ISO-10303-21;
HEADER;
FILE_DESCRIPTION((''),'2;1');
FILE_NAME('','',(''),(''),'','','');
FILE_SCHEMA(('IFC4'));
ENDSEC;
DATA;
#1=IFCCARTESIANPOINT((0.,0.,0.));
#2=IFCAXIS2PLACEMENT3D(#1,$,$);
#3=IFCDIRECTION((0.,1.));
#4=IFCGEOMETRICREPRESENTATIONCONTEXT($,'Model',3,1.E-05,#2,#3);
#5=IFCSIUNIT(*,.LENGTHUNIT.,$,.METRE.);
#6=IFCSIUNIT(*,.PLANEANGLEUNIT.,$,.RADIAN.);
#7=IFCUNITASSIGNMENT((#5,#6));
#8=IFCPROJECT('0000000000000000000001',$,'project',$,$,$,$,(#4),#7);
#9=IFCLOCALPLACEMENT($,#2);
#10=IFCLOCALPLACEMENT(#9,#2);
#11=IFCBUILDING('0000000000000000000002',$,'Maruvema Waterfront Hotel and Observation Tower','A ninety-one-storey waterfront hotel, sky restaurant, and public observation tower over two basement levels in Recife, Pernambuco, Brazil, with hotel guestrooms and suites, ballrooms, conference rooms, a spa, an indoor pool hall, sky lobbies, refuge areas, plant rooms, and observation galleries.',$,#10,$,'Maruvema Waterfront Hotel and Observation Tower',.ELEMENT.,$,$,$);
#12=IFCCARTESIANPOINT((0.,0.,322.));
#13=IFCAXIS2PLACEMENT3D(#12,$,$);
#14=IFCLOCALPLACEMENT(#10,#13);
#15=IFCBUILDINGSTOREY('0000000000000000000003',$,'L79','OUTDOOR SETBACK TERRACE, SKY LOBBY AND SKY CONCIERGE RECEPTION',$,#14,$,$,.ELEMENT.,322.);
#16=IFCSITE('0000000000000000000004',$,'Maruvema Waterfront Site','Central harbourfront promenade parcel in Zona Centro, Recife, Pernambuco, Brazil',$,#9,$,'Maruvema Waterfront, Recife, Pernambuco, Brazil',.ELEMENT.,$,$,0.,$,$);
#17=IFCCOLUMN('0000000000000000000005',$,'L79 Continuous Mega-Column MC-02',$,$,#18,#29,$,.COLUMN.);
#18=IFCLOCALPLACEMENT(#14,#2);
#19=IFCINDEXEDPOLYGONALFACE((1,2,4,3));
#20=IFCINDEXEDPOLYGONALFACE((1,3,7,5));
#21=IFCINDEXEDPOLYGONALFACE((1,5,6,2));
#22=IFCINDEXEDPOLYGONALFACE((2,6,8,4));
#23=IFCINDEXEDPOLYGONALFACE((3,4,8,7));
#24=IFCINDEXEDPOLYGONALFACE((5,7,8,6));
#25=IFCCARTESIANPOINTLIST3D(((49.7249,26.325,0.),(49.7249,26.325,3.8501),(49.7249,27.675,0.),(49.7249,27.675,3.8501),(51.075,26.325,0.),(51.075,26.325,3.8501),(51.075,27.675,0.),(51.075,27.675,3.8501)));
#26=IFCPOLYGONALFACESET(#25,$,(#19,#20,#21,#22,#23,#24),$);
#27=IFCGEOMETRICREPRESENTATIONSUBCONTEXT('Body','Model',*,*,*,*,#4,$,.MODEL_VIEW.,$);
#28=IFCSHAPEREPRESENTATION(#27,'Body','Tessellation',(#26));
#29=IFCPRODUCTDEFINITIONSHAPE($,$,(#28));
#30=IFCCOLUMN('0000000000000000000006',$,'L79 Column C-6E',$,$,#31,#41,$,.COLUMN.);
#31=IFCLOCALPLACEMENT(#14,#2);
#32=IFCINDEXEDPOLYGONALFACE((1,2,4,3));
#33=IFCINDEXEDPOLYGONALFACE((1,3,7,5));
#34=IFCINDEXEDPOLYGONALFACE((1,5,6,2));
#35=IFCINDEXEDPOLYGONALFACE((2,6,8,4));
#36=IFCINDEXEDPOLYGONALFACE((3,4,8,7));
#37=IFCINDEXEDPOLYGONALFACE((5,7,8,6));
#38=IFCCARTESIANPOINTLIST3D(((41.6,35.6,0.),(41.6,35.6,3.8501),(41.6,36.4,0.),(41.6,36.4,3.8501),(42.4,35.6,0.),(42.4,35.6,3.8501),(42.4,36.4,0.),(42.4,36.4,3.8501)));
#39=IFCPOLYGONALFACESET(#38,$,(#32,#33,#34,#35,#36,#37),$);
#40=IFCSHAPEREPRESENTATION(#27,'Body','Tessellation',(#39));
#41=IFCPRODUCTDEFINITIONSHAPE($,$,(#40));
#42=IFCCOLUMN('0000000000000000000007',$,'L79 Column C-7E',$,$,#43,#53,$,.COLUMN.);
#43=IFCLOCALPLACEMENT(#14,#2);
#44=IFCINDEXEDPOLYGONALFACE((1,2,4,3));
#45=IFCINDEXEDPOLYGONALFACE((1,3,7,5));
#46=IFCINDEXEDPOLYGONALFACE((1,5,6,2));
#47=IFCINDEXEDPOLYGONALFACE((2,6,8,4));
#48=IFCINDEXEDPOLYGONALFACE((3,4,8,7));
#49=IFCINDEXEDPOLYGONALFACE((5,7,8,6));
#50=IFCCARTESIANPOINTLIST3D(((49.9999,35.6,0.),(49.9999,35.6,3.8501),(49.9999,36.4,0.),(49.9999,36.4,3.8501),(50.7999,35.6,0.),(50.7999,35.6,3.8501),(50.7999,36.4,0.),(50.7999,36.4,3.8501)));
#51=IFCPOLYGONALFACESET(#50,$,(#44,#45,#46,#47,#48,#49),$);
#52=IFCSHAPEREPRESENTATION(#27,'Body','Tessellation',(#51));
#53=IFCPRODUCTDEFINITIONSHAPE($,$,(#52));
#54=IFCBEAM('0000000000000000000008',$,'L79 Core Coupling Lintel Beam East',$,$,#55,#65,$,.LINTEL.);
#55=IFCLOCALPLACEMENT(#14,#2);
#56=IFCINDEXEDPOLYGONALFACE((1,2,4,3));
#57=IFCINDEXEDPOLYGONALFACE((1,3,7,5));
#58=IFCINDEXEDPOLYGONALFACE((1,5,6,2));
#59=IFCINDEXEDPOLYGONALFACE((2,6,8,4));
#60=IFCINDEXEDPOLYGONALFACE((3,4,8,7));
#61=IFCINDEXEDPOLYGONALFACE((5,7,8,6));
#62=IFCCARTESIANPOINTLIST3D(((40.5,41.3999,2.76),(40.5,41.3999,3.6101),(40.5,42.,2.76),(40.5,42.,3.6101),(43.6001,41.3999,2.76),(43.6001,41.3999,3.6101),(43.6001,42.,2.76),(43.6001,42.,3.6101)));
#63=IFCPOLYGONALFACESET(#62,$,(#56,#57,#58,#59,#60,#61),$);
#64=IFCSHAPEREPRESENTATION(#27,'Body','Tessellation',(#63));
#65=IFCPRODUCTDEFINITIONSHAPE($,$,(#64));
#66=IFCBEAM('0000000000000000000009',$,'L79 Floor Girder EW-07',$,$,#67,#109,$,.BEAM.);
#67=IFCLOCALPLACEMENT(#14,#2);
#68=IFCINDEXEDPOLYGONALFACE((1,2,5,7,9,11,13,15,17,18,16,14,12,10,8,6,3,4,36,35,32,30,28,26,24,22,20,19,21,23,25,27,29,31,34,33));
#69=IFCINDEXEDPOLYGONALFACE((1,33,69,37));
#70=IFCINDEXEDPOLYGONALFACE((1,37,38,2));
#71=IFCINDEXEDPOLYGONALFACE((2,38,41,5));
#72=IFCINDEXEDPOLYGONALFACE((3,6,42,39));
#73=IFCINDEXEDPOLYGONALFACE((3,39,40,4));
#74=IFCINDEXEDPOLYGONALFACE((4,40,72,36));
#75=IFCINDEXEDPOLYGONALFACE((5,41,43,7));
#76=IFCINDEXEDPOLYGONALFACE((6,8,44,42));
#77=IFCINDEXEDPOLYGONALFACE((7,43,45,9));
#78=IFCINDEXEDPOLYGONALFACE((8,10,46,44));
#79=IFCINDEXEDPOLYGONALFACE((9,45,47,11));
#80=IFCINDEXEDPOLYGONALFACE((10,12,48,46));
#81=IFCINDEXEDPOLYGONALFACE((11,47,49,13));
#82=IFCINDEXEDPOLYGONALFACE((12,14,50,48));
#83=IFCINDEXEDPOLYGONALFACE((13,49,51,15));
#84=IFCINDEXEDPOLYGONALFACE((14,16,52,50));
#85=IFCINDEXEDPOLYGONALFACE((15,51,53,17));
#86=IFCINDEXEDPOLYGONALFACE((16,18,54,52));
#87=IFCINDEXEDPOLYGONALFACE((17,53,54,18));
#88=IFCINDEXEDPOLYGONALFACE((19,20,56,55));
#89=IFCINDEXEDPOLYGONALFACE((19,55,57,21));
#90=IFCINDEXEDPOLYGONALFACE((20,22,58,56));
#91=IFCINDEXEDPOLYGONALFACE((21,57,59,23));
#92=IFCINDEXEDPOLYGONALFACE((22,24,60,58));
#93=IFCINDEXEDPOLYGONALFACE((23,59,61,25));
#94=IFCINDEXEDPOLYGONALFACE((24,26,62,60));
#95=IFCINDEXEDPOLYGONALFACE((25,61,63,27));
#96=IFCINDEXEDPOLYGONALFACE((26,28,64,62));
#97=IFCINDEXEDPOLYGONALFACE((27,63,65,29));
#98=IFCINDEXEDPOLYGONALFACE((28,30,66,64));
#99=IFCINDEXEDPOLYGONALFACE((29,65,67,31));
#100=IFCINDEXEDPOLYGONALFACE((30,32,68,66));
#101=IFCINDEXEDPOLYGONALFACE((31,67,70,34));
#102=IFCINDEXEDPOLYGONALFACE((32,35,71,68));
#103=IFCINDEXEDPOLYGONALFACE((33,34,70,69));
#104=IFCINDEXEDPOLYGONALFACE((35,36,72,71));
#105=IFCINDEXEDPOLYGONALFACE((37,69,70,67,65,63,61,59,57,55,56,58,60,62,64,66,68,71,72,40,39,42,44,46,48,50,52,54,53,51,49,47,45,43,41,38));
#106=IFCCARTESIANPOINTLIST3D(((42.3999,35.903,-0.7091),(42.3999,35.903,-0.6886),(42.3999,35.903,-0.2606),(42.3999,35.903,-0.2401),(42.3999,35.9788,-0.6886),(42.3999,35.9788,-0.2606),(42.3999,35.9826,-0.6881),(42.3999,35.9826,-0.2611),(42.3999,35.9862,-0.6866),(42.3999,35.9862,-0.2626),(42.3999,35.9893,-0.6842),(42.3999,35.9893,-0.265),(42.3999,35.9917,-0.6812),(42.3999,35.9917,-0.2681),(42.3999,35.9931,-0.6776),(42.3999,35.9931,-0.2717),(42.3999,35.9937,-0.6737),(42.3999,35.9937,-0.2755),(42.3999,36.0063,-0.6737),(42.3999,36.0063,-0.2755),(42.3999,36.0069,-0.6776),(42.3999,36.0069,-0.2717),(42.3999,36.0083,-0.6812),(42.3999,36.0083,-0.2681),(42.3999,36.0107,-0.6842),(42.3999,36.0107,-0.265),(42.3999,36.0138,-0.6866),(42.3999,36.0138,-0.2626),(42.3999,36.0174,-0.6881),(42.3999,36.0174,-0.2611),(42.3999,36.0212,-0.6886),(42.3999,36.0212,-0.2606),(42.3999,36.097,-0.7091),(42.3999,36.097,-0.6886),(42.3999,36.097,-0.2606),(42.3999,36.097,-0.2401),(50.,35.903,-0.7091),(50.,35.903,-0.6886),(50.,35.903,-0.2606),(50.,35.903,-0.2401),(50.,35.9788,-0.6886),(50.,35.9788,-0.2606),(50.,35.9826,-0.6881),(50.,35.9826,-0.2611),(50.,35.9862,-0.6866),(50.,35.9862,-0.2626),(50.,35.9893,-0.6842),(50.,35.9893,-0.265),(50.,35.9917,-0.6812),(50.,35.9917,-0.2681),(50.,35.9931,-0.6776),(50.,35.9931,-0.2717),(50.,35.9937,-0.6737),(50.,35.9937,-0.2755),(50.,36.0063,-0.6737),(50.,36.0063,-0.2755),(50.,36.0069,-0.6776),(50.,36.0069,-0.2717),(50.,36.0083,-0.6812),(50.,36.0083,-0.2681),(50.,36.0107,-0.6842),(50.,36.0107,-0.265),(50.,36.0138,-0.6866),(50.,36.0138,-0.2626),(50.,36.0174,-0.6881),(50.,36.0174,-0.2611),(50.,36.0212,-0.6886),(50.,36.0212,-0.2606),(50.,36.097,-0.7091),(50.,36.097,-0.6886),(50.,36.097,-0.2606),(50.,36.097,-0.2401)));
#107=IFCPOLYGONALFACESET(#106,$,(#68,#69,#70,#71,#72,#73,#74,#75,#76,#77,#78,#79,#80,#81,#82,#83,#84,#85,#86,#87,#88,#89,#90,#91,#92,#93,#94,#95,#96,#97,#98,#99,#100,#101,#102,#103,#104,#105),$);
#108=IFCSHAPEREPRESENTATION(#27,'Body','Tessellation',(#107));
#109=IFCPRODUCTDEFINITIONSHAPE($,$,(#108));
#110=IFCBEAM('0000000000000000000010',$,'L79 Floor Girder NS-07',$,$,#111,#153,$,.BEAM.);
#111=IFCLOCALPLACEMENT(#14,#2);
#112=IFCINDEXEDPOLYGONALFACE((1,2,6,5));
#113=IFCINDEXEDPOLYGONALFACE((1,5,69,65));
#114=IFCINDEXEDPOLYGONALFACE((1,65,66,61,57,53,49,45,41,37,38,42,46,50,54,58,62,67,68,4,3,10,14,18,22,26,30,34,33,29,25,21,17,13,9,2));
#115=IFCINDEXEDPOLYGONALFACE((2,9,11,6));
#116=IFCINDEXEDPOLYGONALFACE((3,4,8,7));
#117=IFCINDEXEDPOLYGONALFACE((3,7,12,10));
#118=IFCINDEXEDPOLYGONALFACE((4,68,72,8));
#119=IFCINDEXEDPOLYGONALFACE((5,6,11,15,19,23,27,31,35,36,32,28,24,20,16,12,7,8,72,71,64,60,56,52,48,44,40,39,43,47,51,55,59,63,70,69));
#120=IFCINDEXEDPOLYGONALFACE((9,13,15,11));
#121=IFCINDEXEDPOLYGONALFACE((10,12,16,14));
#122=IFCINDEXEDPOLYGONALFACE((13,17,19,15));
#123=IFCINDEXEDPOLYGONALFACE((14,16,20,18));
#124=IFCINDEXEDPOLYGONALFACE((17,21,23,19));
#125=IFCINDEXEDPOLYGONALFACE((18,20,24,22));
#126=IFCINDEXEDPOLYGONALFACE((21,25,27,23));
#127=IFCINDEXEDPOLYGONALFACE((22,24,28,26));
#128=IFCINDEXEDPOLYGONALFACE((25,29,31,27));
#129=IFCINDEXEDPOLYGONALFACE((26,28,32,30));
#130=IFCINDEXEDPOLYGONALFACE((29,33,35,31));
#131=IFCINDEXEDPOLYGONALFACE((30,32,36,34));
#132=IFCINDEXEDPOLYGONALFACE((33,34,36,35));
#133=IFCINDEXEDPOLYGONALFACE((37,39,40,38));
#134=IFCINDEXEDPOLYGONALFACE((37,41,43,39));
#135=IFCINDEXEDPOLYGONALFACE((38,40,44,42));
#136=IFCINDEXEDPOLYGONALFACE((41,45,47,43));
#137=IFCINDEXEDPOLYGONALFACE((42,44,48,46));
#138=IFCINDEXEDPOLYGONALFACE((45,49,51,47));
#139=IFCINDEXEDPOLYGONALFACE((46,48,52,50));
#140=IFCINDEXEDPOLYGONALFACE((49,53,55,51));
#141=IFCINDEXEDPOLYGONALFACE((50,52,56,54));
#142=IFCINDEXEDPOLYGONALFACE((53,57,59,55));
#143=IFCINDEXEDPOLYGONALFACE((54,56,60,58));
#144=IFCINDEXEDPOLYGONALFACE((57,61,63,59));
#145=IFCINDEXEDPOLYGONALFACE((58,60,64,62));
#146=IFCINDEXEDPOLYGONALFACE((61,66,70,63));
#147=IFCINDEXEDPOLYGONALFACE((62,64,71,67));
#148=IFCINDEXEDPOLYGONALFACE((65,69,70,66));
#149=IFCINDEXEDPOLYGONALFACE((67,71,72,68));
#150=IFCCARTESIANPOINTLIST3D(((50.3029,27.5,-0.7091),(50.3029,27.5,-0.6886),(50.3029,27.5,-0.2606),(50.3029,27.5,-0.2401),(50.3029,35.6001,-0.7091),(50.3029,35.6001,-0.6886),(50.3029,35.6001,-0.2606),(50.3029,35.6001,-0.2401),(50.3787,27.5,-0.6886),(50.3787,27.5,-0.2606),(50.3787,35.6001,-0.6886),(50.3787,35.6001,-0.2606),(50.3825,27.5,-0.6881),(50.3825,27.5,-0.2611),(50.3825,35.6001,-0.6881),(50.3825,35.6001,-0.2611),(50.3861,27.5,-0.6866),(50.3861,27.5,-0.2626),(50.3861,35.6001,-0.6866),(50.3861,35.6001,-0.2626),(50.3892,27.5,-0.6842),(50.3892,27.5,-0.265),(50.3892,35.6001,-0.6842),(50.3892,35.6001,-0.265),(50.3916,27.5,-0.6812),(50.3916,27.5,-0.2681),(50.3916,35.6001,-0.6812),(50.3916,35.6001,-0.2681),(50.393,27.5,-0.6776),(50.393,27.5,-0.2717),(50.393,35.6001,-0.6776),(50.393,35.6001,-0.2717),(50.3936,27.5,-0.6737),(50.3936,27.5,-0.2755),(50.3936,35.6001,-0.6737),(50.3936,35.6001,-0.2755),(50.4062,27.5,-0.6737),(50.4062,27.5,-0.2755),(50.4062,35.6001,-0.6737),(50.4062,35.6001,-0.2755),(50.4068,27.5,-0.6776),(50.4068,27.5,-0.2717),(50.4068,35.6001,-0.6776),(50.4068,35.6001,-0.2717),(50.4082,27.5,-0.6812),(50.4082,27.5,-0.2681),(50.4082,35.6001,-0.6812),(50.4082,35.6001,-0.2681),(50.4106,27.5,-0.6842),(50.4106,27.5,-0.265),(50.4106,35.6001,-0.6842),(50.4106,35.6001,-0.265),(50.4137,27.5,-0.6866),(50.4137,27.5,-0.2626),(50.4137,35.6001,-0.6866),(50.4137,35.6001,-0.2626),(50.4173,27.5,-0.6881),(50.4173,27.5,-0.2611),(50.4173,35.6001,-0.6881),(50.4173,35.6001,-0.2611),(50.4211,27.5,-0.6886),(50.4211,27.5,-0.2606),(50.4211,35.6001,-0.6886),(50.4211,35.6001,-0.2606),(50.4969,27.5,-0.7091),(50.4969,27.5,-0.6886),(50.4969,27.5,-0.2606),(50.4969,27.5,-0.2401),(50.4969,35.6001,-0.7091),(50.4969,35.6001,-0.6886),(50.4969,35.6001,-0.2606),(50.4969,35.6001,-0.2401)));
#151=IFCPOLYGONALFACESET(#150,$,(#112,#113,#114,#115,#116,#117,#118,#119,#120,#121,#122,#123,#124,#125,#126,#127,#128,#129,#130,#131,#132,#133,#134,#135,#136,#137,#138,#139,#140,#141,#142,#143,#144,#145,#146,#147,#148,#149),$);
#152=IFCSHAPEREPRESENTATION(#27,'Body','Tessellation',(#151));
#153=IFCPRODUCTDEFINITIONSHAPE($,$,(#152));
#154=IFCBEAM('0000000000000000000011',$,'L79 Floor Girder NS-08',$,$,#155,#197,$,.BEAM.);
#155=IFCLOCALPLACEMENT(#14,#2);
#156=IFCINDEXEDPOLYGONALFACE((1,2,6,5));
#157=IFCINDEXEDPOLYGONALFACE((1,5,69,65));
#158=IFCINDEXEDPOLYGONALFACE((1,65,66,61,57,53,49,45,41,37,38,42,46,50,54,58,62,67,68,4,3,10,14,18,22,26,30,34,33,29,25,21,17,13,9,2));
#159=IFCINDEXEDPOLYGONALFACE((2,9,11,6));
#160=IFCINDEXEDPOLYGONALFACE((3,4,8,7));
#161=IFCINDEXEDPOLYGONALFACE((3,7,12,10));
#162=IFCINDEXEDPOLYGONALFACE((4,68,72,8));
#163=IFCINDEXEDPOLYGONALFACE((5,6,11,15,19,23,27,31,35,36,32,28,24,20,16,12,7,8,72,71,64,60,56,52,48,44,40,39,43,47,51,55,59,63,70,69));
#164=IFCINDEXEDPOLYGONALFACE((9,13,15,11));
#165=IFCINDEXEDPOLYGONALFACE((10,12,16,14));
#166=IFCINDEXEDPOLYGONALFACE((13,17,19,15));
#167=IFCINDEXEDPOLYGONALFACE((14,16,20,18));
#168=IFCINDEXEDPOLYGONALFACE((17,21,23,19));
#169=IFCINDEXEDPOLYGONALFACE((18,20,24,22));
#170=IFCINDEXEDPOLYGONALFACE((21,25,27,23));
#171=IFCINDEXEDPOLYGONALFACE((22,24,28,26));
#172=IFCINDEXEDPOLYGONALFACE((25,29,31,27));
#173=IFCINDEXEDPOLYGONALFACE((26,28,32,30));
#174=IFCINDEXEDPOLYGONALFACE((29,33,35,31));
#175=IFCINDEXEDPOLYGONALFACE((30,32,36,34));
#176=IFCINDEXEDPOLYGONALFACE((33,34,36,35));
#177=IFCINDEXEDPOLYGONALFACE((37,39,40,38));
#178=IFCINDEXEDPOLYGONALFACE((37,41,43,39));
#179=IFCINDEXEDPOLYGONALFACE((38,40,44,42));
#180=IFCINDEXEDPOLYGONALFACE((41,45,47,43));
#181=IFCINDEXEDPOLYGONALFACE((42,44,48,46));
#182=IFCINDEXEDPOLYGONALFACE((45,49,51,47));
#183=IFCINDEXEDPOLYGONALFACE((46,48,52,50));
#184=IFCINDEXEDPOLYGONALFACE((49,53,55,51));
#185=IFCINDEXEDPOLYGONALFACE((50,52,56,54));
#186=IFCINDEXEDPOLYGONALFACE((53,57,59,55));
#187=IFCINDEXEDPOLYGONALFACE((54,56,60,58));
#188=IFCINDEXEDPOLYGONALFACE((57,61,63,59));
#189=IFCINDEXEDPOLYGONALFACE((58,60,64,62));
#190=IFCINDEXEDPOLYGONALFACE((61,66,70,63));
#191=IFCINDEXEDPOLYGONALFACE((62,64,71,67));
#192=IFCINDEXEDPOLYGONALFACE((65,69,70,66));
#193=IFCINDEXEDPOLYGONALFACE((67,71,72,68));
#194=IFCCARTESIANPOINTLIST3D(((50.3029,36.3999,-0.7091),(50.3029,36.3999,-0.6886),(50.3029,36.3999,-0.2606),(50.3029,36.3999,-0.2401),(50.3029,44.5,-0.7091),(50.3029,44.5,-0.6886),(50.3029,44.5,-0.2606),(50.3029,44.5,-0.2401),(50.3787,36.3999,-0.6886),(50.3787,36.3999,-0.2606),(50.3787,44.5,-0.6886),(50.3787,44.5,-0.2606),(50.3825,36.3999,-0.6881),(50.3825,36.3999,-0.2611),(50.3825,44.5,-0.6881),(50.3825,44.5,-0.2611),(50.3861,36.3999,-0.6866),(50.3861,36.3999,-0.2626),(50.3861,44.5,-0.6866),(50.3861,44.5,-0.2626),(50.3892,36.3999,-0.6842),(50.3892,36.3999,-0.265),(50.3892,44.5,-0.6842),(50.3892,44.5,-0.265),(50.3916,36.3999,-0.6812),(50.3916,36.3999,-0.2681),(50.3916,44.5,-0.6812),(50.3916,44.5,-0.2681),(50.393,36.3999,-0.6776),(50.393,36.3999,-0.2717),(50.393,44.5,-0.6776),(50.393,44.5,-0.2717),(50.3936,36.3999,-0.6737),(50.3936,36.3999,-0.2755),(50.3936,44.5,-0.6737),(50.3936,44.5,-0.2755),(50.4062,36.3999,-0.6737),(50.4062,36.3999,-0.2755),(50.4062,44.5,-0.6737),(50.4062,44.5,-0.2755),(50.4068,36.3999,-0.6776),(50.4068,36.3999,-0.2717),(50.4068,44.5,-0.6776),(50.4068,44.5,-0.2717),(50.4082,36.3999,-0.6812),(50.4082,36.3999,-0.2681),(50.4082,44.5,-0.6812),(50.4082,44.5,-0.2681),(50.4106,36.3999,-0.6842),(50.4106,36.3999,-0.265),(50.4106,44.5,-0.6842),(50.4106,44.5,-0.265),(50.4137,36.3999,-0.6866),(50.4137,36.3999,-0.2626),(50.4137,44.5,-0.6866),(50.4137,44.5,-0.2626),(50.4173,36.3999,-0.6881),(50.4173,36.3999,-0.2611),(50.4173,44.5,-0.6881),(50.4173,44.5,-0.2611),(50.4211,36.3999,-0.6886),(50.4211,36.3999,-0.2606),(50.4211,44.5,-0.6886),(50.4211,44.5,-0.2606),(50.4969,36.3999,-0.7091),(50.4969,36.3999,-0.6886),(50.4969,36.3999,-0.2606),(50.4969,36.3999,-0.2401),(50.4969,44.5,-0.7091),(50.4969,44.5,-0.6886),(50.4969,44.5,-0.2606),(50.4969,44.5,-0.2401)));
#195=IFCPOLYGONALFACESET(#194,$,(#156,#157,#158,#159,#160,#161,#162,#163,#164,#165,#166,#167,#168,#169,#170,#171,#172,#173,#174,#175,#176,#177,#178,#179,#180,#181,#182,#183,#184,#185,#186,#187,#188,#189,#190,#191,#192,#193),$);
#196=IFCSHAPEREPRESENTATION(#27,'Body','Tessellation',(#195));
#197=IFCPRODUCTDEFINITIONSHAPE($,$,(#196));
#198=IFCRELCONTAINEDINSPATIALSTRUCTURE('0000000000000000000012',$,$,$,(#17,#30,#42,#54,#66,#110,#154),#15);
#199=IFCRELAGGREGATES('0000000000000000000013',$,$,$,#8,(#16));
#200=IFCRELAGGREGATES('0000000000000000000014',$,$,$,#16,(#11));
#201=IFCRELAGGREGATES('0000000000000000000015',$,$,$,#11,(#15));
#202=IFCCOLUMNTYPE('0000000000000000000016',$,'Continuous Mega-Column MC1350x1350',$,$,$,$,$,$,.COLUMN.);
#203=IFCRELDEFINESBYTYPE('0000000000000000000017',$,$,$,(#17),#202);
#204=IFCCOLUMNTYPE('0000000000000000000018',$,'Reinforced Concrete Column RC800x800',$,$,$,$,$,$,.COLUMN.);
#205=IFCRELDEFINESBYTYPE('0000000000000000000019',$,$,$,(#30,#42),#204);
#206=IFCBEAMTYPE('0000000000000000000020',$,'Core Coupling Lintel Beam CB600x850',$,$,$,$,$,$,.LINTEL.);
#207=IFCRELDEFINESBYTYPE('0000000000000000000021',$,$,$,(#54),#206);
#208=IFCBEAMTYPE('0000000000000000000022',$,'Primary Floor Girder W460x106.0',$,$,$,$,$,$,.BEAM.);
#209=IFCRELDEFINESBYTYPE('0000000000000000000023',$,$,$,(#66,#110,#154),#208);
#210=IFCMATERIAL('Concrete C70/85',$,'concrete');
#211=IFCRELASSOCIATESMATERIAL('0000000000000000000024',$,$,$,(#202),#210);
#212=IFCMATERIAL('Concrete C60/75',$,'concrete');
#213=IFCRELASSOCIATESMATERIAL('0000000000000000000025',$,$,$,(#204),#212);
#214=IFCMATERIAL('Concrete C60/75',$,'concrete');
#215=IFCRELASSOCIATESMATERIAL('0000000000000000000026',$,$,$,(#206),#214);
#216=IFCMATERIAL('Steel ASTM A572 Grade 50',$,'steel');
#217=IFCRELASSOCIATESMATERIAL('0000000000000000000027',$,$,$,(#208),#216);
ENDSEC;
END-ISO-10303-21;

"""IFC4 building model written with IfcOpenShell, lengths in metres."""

from ifc_helpers import new_model, si_unit, direction, frame, origin, origin_2d, place, context, subcontext, project, spatial, rectangle, i_section, extrude, material, material_profile, profile_set, type_object, element, save


model = new_model("IFC4")

# Units and contexts
model_context = context("Model", 3, precision=1e-05, world=origin(), true_north=direction((0.0, 1.0)))
body_context = subcontext(model_context, "Body", "Model", "MODEL_VIEW")
ifc_project = project(units=[si_unit("LENGTHUNIT", "METRE"), si_unit("PLANEANGLEUNIT", "RADIAN")], contexts=[model_context])

# Site, building, storey
site_placement = place(None, origin())
site = spatial("IfcSite", under=ifc_project, at=site_placement, Name="Maruvema Waterfront Site", Description="Central harbourfront promenade parcel in Zona Centro, Recife, Pernambuco, Brazil", LongName="Maruvema Waterfront, Recife, Pernambuco, Brazil", CompositionType="ELEMENT", RefElevation=0.0)
building_placement = place(site_placement, origin())
building = spatial("IfcBuilding", under=site, at=building_placement, Name="Maruvema Waterfront Hotel and Observation Tower", Description="A ninety-one-storey waterfront hotel, sky restaurant, and public observation tower over two basement levels in Recife, Pernambuco, Brazil, with hotel guestrooms and suites, ballrooms, conference rooms, a spa, an indoor pool hall, sky lobbies, refuge areas, plant rooms, and observation galleries.", LongName="Maruvema Waterfront Hotel and Observation Tower", CompositionType="ELEMENT")
storey_placement = place(building_placement, frame((0.0, 0.0, 322.0)))
storey = spatial("IfcBuildingStorey", under=building, at=storey_placement, Name="L79", Description="OUTDOOR SETBACK TERRACE, SKY LOBBY AND SKY CONCIERGE RECEPTION", CompositionType="ELEMENT", Elevation=322.0)

# Columns
ifc_material_1 = material(Name="Concrete C70/85", Category="concrete")
ifc_material_profile_1 = material_profile(ifc_material_1, rectangle(XDim=1.3501, YDim=1.3501, at=origin_2d()), Name="MC1350x1350")
ifc_profile_set_1 = profile_set([ifc_material_profile_1], Name="Concrete C70/85")
column_type_1 = type_object("IfcColumnType", Name="Continuous Mega-Column MC1350x1350", PredefinedType="COLUMN", material=ifc_profile_set_1)
column_placement = place(storey_placement, frame((50.3999, 27.0, 0.0), z_axis=(0.0, 0.0, 1.0), x_axis=(1.0, 0.0, 0.0)))
element("IfcColumn", 1, at=column_placement, inside=storey, type_object=column_type_1, Name="L79 Continuous Mega-Column MC-02", PredefinedType="COLUMN", context=body_context, shape_type="SweptSolid", body=[
    extrude(rectangle(XDim=1.3501, YDim=1.3501, at=origin_2d()), origin(), (0.0, 0.0, 1.0), 3.8501),
])
ifc_material_2 = material(Name="Concrete C60/75", Category="concrete")
ifc_material_profile_2 = material_profile(ifc_material_2, rectangle(XDim=0.8, YDim=0.8, at=origin_2d()), Name="RC800x800")
ifc_profile_set_2 = profile_set([ifc_material_profile_2], Name="Concrete C60/75")
column_type_2 = type_object("IfcColumnType", Name="Reinforced Concrete Column RC800x800", PredefinedType="COLUMN", material=ifc_profile_set_2)
for number, where, z_axis, x_axis, name in (
    (2, (42.0, 36.0, 0.0), (0.0, 0.0, 1.0), (1.0, 0.0, 0.0), "L79 Column C-6E"),
    (3, (50.3999, 36.0, 0.0), (0.0, 0.0, 1.0), (1.0, 0.0, 0.0), "L79 Column C-7E"),
):
    element("IfcColumn", number, at=place(storey_placement, frame(where, z_axis=z_axis, x_axis=x_axis)), inside=storey, type_object=column_type_2, Name=name, PredefinedType="COLUMN", context=body_context, shape_type="SweptSolid", body=[
        extrude(rectangle(XDim=0.8, YDim=0.8, at=origin_2d()), origin(), (0.0, 0.0, 1.0), 3.8501),
    ])

# Beams
ifc_material_3 = material(Name="Concrete C60/75", Category="concrete")
ifc_material_profile_3 = material_profile(ifc_material_3, rectangle(XDim=0.6001, YDim=0.8501, at=origin_2d()), Name="CB600x850")
ifc_profile_set_3 = profile_set([ifc_material_profile_3], Name="Concrete C60/75")
beam_type_1 = type_object("IfcBeamType", Name="Core Coupling Lintel Beam CB600x850", PredefinedType="LINTEL", material=ifc_profile_set_3)
beam_1_placement = place(storey_placement, frame((40.5, 41.7, 3.1851), z_axis=(1.0, 0.0, 0.0), x_axis=(0.0, 1.0, 0.0)))
element("IfcBeam", 4, at=beam_1_placement, inside=storey, type_object=beam_type_1, Name="L79 Core Coupling Lintel Beam East", PredefinedType="LINTEL", context=body_context, shape_type="SweptSolid", body=[
    extrude(rectangle(XDim=0.6001, YDim=0.8501, at=origin_2d()), origin(), (0.0, 0.0, 1.0), 3.1001),
])
ifc_material_4 = material(Name="Steel ASTM A572 Grade 50", Category="steel")
ifc_material_profile_4 = material_profile(ifc_material_4, i_section(OverallWidth=0.1941, OverallDepth=0.469, WebThickness=0.0127, FlangeThickness=0.0205, FilletRadius=0.0149, at=origin_2d()), Name="W460x106.0")
ifc_profile_set_4 = profile_set([ifc_material_profile_4], Name="Steel ASTM A572 Grade 50")
beam_type_2 = type_object("IfcBeamType", Name="Primary Floor Girder W460x106.0", PredefinedType="BEAM", material=ifc_profile_set_4)
beam_2_placement = place(storey_placement, frame((42.3999, 36.0, -0.4746), z_axis=(1.0, 0.0, 0.0), x_axis=(0.0, 1.0, 0.0)))
element("IfcBeam", 5, at=beam_2_placement, inside=storey, type_object=beam_type_2, Name="L79 Floor Girder EW-07", PredefinedType="BEAM", context=body_context, shape_type="SweptSolid", body=[
    extrude(i_section(OverallWidth=0.1941, OverallDepth=0.469, WebThickness=0.0127, FlangeThickness=0.0205, FilletRadius=0.0149, at=origin_2d()), origin(), (0.0, 0.0, 1.0), 7.6001),
])
for number, where, z_axis, x_axis, name in (
    (6, (50.3999, 27.5, -0.4746), (0.0, 1.0, 0.0), (-1.0, 0.0, 0.0), "L79 Floor Girder NS-07"),
    (7, (50.3999, 36.3999, -0.4746), (0.0, 1.0, 0.0), (-1.0, 0.0, 0.0), "L79 Floor Girder NS-08"),
):
    element("IfcBeam", number, at=place(storey_placement, frame(where, z_axis=z_axis, x_axis=x_axis)), inside=storey, type_object=beam_type_2, Name=name, PredefinedType="BEAM", context=body_context, shape_type="SweptSolid", body=[
        extrude(i_section(OverallWidth=0.1941, OverallDepth=0.469, WebThickness=0.0127, FlangeThickness=0.0205, FilletRadius=0.0149, at=origin_2d()), origin(), (0.0, 0.0, 1.0), 8.1001),
    ])

save(model, "model.ifc")
